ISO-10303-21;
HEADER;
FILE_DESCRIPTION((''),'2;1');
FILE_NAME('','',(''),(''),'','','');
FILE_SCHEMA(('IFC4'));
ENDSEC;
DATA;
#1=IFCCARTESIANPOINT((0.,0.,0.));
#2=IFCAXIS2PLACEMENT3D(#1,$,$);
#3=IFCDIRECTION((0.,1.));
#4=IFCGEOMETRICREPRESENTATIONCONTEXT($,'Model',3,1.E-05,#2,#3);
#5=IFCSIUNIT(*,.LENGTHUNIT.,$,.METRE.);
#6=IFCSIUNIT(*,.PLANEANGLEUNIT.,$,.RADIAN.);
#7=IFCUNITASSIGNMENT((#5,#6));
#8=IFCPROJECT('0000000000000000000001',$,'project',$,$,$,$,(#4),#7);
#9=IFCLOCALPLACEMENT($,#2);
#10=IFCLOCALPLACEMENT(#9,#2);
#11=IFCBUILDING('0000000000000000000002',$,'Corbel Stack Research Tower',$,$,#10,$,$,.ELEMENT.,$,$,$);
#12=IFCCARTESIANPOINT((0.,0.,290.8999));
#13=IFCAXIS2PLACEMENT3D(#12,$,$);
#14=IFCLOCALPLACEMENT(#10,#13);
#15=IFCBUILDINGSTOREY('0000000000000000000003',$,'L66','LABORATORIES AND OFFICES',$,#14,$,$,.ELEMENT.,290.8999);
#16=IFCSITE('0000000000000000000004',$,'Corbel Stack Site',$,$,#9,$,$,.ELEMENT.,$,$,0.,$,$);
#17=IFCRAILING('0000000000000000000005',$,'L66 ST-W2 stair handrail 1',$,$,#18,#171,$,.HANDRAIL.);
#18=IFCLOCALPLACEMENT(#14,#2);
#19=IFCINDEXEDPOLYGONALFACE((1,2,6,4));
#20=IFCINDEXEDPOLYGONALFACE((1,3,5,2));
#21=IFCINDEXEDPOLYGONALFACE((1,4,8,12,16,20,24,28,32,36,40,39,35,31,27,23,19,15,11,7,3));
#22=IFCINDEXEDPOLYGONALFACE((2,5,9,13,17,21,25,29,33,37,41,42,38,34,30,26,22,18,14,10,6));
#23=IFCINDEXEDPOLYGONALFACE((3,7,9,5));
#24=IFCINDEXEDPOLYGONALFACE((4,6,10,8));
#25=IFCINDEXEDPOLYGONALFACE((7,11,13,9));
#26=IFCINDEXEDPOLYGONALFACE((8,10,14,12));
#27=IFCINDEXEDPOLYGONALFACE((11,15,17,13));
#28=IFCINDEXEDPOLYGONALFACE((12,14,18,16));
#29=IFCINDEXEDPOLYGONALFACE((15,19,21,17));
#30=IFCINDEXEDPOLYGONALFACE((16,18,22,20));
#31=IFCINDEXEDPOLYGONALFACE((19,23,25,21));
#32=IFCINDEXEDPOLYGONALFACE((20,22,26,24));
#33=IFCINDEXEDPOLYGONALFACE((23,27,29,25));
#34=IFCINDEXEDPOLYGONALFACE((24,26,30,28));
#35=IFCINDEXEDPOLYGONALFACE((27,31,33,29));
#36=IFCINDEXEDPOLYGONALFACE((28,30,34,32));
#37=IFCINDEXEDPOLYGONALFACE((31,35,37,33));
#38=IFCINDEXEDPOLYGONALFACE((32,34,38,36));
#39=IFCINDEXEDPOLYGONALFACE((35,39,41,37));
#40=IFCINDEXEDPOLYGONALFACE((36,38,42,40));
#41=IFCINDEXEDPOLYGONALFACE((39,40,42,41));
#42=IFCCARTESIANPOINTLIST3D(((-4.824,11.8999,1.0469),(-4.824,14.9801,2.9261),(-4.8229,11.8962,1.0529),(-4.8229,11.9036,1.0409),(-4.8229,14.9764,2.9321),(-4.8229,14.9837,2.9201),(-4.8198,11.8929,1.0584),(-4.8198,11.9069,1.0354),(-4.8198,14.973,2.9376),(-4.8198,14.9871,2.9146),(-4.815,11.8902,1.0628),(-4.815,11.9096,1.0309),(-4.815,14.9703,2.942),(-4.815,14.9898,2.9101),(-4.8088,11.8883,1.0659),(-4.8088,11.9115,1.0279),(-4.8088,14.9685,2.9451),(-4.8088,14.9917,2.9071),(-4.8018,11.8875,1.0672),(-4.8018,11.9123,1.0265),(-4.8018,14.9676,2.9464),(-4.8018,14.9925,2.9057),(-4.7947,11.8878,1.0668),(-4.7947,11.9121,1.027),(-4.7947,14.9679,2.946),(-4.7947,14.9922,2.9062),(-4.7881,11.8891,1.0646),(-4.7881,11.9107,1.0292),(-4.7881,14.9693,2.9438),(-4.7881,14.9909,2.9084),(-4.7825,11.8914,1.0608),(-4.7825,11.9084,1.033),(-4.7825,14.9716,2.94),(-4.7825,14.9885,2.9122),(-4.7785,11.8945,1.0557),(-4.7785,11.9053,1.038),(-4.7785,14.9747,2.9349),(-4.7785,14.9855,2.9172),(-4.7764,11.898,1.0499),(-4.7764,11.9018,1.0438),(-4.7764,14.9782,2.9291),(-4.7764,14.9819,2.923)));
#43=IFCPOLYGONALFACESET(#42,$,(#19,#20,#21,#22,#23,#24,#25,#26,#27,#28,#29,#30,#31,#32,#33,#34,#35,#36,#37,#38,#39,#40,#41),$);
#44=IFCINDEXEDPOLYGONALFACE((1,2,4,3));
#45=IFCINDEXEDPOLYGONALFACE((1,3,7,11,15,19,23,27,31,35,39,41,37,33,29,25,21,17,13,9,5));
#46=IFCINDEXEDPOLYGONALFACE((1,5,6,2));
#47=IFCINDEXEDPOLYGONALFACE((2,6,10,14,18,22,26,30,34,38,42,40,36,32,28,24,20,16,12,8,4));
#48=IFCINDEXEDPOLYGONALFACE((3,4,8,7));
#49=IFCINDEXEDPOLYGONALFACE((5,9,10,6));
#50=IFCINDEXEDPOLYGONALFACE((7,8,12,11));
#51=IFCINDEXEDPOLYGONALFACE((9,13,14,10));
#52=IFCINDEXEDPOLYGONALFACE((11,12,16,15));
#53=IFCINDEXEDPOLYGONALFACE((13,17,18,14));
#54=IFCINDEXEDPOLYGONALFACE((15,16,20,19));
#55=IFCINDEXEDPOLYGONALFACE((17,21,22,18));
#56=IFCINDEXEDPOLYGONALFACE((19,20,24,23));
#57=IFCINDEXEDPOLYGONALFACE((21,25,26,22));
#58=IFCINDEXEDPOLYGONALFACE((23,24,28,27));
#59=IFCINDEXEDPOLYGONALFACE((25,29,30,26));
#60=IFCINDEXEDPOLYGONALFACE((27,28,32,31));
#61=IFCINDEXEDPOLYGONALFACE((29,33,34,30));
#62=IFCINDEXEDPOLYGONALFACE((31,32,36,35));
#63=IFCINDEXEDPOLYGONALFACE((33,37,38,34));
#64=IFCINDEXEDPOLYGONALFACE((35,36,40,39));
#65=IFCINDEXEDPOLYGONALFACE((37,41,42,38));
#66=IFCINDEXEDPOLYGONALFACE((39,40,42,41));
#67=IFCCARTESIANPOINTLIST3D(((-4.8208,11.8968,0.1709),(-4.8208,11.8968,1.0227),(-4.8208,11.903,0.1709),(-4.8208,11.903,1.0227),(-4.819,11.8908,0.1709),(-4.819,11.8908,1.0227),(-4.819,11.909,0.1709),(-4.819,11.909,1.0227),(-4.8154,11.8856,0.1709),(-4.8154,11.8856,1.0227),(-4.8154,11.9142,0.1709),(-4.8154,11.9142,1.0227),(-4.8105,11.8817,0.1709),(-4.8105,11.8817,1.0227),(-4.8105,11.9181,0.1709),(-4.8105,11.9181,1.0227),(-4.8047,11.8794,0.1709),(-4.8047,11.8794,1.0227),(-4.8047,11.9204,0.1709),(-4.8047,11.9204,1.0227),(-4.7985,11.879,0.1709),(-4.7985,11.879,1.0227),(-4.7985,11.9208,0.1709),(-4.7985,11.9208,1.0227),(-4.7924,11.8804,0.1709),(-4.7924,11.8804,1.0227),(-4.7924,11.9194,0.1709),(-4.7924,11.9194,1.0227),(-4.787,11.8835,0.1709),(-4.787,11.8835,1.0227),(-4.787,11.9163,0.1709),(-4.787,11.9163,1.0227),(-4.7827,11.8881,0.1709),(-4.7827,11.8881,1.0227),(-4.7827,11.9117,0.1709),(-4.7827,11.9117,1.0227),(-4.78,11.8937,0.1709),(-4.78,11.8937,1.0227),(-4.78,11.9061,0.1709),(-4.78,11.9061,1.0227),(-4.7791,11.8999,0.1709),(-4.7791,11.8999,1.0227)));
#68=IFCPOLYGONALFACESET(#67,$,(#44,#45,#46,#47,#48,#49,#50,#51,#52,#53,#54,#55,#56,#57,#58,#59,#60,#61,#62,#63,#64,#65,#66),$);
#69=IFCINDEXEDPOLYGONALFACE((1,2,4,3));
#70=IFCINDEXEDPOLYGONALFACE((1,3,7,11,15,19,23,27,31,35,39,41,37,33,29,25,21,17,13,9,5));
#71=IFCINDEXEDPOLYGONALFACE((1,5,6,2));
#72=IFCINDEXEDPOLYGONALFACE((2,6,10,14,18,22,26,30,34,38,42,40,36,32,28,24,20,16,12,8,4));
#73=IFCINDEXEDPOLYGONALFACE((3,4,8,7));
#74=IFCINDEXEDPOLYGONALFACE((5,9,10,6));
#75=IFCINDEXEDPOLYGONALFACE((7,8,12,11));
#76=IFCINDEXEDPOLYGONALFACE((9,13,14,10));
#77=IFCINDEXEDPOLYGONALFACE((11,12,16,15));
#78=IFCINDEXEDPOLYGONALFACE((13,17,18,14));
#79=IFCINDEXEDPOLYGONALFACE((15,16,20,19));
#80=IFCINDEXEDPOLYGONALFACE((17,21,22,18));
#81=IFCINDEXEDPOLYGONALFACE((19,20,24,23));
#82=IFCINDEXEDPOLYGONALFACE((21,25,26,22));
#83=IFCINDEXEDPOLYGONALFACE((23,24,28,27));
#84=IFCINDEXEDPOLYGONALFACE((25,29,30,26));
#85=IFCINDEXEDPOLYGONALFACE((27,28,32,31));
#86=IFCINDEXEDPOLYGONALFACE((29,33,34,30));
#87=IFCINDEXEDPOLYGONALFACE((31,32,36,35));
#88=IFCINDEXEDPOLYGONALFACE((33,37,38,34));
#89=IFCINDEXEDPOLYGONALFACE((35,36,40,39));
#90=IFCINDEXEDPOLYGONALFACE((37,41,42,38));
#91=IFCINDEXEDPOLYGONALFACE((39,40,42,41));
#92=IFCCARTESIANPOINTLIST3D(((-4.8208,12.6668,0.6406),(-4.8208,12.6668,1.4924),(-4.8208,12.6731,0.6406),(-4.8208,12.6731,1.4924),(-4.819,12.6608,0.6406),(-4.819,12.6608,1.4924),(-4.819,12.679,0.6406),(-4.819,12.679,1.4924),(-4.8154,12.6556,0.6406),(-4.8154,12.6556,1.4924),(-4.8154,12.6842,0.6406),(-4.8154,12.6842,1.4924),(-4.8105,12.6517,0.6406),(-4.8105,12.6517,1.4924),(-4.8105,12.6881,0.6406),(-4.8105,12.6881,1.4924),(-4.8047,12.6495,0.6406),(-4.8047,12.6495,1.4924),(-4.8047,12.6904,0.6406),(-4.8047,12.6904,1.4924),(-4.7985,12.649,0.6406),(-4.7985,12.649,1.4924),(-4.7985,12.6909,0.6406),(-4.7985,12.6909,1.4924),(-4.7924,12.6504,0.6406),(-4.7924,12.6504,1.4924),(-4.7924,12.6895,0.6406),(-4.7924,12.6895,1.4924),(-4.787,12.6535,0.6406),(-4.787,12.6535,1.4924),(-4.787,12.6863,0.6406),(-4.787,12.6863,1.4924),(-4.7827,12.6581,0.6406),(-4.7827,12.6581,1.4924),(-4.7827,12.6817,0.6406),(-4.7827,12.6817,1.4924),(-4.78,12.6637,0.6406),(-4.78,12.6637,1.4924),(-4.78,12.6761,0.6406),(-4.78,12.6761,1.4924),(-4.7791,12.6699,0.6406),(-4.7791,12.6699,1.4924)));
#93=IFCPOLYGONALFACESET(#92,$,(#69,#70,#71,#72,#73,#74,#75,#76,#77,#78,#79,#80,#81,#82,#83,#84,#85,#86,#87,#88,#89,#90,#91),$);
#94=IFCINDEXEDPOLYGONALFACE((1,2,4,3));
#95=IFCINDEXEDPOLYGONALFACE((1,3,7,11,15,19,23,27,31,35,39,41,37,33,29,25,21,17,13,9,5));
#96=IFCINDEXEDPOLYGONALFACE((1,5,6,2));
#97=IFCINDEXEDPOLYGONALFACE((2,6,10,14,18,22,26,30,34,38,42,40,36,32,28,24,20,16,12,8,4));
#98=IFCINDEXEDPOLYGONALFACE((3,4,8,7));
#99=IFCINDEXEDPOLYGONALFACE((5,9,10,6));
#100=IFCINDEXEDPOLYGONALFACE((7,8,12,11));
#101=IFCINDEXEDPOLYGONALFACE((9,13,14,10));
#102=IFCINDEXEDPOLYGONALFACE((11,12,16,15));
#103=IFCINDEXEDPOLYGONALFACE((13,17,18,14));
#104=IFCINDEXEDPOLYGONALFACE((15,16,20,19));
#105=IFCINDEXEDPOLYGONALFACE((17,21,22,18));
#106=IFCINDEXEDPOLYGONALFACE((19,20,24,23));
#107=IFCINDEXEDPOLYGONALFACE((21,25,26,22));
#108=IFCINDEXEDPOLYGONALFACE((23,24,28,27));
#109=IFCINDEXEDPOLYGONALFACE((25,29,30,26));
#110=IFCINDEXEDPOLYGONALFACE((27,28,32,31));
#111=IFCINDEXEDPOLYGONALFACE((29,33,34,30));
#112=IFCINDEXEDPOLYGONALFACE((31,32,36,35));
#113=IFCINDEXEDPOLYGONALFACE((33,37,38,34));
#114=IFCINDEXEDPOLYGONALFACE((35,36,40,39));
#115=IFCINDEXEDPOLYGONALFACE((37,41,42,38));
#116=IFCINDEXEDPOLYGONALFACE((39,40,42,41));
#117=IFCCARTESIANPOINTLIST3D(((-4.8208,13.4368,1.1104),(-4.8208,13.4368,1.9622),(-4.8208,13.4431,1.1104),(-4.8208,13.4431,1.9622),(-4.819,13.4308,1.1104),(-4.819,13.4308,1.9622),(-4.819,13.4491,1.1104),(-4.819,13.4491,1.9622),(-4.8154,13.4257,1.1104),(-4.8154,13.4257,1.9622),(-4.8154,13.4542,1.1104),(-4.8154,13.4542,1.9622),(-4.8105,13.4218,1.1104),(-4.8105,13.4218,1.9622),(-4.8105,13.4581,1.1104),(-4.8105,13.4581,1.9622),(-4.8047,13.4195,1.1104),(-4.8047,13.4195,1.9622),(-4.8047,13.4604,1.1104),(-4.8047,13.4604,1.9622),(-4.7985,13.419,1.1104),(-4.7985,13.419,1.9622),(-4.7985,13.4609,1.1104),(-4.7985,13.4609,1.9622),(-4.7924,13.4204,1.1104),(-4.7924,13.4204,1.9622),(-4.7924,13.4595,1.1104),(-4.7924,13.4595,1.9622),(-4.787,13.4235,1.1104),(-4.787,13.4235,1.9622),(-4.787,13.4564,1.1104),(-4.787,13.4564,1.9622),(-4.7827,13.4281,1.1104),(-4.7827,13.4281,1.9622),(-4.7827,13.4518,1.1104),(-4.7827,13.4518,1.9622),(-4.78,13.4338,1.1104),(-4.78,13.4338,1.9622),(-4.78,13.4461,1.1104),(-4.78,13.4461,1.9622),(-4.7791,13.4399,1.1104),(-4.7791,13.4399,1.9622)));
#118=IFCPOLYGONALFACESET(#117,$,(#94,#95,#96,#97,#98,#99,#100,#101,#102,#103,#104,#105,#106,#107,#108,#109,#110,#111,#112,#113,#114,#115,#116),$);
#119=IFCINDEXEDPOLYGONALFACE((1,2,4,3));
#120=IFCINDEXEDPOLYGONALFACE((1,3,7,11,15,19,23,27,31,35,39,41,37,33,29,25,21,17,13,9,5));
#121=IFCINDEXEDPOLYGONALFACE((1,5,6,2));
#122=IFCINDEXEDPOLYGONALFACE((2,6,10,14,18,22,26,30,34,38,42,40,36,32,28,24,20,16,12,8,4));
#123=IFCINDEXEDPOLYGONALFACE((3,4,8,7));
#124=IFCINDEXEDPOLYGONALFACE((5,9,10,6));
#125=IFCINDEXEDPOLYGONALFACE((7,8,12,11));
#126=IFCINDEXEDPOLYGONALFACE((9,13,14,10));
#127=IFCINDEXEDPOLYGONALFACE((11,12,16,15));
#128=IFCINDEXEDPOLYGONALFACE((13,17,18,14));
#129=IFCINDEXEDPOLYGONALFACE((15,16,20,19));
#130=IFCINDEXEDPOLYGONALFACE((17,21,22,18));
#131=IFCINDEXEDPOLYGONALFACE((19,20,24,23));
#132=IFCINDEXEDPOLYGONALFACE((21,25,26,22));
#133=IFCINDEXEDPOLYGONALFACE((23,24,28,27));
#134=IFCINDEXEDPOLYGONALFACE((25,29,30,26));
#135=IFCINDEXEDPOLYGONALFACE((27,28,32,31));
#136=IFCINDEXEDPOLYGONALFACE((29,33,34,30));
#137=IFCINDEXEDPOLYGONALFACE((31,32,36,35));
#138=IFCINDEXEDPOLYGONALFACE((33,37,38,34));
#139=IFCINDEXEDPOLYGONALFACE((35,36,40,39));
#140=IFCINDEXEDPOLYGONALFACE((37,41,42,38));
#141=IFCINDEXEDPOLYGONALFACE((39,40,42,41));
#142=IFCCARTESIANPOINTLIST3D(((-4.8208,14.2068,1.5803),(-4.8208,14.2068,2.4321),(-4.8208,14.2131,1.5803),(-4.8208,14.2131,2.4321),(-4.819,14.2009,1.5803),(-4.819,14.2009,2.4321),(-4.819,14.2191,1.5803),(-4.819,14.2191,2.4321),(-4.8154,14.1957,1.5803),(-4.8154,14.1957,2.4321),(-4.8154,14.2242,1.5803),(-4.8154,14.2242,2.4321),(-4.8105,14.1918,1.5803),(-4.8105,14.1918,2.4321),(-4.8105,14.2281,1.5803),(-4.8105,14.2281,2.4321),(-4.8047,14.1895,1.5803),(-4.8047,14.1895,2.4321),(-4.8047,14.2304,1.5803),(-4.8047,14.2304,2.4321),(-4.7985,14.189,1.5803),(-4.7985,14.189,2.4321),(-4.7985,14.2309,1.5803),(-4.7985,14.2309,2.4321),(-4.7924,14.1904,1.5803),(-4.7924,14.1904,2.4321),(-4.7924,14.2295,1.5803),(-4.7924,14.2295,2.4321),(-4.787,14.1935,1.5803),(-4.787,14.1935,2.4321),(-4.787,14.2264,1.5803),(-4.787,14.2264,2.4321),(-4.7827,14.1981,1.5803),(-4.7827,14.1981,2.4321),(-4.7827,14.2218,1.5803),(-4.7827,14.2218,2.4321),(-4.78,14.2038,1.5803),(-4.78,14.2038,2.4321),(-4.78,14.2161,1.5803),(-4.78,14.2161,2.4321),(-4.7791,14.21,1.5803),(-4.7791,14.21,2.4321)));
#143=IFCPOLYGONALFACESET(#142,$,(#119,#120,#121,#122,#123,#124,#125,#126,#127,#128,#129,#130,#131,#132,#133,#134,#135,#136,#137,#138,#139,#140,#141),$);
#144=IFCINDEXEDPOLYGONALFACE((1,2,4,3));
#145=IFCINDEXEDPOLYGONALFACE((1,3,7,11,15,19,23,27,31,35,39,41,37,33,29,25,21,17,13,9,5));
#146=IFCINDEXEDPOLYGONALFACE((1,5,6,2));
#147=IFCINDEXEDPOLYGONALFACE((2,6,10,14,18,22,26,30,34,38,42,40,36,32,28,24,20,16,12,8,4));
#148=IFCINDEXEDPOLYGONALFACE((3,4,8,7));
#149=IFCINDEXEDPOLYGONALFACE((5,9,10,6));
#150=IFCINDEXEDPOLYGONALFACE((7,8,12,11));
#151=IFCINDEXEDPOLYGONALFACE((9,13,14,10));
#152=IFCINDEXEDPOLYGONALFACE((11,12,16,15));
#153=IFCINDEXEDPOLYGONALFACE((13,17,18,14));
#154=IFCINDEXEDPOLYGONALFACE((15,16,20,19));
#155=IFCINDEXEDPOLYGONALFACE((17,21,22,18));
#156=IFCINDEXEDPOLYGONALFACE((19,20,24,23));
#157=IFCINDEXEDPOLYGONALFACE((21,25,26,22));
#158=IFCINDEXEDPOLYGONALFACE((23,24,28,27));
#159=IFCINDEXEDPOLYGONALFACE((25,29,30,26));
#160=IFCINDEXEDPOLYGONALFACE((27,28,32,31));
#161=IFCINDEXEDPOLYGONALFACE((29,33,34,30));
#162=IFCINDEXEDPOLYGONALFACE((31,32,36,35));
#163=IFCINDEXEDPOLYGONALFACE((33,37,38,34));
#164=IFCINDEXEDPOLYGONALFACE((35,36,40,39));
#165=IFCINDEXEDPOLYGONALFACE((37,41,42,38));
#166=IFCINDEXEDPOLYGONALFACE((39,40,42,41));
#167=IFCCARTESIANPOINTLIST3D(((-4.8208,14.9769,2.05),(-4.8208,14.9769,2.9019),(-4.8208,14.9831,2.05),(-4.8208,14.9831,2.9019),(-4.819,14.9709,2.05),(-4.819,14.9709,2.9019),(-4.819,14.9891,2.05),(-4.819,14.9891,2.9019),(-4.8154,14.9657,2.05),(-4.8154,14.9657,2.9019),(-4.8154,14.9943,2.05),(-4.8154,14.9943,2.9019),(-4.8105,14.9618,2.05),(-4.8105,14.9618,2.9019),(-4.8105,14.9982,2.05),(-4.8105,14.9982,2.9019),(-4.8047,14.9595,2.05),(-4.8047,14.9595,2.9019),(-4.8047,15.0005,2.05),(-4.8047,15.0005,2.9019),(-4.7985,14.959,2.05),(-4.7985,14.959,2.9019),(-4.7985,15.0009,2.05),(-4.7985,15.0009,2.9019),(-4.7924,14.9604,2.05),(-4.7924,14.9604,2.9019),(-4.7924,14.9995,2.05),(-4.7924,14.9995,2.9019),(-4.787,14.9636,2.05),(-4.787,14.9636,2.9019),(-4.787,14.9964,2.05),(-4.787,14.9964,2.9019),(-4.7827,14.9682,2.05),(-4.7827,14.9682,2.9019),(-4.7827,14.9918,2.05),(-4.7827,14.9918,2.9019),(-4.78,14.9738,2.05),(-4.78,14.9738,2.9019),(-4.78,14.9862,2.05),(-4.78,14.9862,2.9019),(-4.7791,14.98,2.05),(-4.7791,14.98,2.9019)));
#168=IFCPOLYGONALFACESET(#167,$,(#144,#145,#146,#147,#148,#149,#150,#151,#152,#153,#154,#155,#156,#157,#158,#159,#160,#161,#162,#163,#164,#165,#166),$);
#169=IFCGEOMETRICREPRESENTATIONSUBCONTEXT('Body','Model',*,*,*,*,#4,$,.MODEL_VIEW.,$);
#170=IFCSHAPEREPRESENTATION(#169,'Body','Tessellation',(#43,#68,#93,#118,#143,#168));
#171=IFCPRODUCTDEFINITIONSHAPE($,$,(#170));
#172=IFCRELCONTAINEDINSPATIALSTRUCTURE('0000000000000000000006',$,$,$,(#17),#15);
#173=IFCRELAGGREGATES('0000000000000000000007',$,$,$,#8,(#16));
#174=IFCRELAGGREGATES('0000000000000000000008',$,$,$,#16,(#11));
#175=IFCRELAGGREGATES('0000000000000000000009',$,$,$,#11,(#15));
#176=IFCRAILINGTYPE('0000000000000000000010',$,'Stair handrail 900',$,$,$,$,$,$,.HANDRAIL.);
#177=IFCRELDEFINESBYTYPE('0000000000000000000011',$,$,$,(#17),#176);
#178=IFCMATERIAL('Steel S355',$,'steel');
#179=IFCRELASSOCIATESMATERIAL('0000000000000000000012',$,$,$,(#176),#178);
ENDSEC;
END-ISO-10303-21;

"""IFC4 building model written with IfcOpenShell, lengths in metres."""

from ifc_helpers import new_model, si_unit, direction, frame, origin, origin_2d, place, context, subcontext, project, spatial, circle, extrude, material, type_object, element, save


model = new_model("IFC4")

# Units and contexts
model_context = context("Model", 3, precision=1e-05, world=origin(), true_north=direction((0.0, 1.0)))
body_context = subcontext(model_context, "Body", "Model", "MODEL_VIEW")
ifc_project = project(units=[si_unit("LENGTHUNIT", "METRE"), si_unit("PLANEANGLEUNIT", "RADIAN")], contexts=[model_context])

# Site, building, storey
site_placement = place(None, origin())
site = spatial("IfcSite", under=ifc_project, at=site_placement, Name="Corbel Stack Site", CompositionType="ELEMENT", RefElevation=0.0)
building_placement = place(site_placement, origin())
building = spatial("IfcBuilding", under=site, at=building_placement, Name="Corbel Stack Research Tower", CompositionType="ELEMENT")
storey_placement = place(building_placement, frame((0.0, 0.0, 290.8999)))
storey = spatial("IfcBuildingStorey", under=building, at=storey_placement, Name="L66", Description="LABORATORIES AND OFFICES", CompositionType="ELEMENT", Elevation=290.8999)

# Railing
ifc_material_1 = material(Name="Steel S355", Category="steel")
railing_type_1 = type_object("IfcRailingType", Name="Stair handrail 900", PredefinedType="HANDRAIL", material=ifc_material_1)
railing_1_placement = place(storey_placement, frame((-4.8, 11.8999, 0.1709)))
element("IfcRailing", 1, at=railing_1_placement, inside=storey, type_object=railing_type_1, Name="L66 ST-W2 stair handrail 1", PredefinedType="HANDRAIL", context=body_context, shape_type="SweptSolid", body=[
    extrude(circle(Radius=0.0239, at=origin_2d()), frame((0.0, 0.0, 0.876), z_axis=(0.0, 0.853666, 0.52082), x_axis=(-1.0, 0.0, 0.0)), (0.0, 0.0, 1.0), 3.6082),
    extrude(circle(Radius=0.021, at=origin_2d()), origin(), (0.0, 0.0, 1.0), 0.8518),
    extrude(circle(Radius=0.021, at=origin_2d()), frame((0.0, 0.77, 0.4697)), (0.0, 0.0, 1.0), 0.8518),
    extrude(circle(Radius=0.021, at=origin_2d()), frame((0.0, 1.54, 0.9395)), (0.0, 0.0, 1.0), 0.8518),
    extrude(circle(Radius=0.021, at=origin_2d()), frame((0.0, 2.3101, 1.4094)), (0.0, 0.0, 1.0), 0.8518),
    extrude(circle(Radius=0.021, at=origin_2d()), frame((0.0, 3.0801, 1.8792)), (0.0, 0.0, 1.0), 0.8518),
])

save(model, "model.ifc")
